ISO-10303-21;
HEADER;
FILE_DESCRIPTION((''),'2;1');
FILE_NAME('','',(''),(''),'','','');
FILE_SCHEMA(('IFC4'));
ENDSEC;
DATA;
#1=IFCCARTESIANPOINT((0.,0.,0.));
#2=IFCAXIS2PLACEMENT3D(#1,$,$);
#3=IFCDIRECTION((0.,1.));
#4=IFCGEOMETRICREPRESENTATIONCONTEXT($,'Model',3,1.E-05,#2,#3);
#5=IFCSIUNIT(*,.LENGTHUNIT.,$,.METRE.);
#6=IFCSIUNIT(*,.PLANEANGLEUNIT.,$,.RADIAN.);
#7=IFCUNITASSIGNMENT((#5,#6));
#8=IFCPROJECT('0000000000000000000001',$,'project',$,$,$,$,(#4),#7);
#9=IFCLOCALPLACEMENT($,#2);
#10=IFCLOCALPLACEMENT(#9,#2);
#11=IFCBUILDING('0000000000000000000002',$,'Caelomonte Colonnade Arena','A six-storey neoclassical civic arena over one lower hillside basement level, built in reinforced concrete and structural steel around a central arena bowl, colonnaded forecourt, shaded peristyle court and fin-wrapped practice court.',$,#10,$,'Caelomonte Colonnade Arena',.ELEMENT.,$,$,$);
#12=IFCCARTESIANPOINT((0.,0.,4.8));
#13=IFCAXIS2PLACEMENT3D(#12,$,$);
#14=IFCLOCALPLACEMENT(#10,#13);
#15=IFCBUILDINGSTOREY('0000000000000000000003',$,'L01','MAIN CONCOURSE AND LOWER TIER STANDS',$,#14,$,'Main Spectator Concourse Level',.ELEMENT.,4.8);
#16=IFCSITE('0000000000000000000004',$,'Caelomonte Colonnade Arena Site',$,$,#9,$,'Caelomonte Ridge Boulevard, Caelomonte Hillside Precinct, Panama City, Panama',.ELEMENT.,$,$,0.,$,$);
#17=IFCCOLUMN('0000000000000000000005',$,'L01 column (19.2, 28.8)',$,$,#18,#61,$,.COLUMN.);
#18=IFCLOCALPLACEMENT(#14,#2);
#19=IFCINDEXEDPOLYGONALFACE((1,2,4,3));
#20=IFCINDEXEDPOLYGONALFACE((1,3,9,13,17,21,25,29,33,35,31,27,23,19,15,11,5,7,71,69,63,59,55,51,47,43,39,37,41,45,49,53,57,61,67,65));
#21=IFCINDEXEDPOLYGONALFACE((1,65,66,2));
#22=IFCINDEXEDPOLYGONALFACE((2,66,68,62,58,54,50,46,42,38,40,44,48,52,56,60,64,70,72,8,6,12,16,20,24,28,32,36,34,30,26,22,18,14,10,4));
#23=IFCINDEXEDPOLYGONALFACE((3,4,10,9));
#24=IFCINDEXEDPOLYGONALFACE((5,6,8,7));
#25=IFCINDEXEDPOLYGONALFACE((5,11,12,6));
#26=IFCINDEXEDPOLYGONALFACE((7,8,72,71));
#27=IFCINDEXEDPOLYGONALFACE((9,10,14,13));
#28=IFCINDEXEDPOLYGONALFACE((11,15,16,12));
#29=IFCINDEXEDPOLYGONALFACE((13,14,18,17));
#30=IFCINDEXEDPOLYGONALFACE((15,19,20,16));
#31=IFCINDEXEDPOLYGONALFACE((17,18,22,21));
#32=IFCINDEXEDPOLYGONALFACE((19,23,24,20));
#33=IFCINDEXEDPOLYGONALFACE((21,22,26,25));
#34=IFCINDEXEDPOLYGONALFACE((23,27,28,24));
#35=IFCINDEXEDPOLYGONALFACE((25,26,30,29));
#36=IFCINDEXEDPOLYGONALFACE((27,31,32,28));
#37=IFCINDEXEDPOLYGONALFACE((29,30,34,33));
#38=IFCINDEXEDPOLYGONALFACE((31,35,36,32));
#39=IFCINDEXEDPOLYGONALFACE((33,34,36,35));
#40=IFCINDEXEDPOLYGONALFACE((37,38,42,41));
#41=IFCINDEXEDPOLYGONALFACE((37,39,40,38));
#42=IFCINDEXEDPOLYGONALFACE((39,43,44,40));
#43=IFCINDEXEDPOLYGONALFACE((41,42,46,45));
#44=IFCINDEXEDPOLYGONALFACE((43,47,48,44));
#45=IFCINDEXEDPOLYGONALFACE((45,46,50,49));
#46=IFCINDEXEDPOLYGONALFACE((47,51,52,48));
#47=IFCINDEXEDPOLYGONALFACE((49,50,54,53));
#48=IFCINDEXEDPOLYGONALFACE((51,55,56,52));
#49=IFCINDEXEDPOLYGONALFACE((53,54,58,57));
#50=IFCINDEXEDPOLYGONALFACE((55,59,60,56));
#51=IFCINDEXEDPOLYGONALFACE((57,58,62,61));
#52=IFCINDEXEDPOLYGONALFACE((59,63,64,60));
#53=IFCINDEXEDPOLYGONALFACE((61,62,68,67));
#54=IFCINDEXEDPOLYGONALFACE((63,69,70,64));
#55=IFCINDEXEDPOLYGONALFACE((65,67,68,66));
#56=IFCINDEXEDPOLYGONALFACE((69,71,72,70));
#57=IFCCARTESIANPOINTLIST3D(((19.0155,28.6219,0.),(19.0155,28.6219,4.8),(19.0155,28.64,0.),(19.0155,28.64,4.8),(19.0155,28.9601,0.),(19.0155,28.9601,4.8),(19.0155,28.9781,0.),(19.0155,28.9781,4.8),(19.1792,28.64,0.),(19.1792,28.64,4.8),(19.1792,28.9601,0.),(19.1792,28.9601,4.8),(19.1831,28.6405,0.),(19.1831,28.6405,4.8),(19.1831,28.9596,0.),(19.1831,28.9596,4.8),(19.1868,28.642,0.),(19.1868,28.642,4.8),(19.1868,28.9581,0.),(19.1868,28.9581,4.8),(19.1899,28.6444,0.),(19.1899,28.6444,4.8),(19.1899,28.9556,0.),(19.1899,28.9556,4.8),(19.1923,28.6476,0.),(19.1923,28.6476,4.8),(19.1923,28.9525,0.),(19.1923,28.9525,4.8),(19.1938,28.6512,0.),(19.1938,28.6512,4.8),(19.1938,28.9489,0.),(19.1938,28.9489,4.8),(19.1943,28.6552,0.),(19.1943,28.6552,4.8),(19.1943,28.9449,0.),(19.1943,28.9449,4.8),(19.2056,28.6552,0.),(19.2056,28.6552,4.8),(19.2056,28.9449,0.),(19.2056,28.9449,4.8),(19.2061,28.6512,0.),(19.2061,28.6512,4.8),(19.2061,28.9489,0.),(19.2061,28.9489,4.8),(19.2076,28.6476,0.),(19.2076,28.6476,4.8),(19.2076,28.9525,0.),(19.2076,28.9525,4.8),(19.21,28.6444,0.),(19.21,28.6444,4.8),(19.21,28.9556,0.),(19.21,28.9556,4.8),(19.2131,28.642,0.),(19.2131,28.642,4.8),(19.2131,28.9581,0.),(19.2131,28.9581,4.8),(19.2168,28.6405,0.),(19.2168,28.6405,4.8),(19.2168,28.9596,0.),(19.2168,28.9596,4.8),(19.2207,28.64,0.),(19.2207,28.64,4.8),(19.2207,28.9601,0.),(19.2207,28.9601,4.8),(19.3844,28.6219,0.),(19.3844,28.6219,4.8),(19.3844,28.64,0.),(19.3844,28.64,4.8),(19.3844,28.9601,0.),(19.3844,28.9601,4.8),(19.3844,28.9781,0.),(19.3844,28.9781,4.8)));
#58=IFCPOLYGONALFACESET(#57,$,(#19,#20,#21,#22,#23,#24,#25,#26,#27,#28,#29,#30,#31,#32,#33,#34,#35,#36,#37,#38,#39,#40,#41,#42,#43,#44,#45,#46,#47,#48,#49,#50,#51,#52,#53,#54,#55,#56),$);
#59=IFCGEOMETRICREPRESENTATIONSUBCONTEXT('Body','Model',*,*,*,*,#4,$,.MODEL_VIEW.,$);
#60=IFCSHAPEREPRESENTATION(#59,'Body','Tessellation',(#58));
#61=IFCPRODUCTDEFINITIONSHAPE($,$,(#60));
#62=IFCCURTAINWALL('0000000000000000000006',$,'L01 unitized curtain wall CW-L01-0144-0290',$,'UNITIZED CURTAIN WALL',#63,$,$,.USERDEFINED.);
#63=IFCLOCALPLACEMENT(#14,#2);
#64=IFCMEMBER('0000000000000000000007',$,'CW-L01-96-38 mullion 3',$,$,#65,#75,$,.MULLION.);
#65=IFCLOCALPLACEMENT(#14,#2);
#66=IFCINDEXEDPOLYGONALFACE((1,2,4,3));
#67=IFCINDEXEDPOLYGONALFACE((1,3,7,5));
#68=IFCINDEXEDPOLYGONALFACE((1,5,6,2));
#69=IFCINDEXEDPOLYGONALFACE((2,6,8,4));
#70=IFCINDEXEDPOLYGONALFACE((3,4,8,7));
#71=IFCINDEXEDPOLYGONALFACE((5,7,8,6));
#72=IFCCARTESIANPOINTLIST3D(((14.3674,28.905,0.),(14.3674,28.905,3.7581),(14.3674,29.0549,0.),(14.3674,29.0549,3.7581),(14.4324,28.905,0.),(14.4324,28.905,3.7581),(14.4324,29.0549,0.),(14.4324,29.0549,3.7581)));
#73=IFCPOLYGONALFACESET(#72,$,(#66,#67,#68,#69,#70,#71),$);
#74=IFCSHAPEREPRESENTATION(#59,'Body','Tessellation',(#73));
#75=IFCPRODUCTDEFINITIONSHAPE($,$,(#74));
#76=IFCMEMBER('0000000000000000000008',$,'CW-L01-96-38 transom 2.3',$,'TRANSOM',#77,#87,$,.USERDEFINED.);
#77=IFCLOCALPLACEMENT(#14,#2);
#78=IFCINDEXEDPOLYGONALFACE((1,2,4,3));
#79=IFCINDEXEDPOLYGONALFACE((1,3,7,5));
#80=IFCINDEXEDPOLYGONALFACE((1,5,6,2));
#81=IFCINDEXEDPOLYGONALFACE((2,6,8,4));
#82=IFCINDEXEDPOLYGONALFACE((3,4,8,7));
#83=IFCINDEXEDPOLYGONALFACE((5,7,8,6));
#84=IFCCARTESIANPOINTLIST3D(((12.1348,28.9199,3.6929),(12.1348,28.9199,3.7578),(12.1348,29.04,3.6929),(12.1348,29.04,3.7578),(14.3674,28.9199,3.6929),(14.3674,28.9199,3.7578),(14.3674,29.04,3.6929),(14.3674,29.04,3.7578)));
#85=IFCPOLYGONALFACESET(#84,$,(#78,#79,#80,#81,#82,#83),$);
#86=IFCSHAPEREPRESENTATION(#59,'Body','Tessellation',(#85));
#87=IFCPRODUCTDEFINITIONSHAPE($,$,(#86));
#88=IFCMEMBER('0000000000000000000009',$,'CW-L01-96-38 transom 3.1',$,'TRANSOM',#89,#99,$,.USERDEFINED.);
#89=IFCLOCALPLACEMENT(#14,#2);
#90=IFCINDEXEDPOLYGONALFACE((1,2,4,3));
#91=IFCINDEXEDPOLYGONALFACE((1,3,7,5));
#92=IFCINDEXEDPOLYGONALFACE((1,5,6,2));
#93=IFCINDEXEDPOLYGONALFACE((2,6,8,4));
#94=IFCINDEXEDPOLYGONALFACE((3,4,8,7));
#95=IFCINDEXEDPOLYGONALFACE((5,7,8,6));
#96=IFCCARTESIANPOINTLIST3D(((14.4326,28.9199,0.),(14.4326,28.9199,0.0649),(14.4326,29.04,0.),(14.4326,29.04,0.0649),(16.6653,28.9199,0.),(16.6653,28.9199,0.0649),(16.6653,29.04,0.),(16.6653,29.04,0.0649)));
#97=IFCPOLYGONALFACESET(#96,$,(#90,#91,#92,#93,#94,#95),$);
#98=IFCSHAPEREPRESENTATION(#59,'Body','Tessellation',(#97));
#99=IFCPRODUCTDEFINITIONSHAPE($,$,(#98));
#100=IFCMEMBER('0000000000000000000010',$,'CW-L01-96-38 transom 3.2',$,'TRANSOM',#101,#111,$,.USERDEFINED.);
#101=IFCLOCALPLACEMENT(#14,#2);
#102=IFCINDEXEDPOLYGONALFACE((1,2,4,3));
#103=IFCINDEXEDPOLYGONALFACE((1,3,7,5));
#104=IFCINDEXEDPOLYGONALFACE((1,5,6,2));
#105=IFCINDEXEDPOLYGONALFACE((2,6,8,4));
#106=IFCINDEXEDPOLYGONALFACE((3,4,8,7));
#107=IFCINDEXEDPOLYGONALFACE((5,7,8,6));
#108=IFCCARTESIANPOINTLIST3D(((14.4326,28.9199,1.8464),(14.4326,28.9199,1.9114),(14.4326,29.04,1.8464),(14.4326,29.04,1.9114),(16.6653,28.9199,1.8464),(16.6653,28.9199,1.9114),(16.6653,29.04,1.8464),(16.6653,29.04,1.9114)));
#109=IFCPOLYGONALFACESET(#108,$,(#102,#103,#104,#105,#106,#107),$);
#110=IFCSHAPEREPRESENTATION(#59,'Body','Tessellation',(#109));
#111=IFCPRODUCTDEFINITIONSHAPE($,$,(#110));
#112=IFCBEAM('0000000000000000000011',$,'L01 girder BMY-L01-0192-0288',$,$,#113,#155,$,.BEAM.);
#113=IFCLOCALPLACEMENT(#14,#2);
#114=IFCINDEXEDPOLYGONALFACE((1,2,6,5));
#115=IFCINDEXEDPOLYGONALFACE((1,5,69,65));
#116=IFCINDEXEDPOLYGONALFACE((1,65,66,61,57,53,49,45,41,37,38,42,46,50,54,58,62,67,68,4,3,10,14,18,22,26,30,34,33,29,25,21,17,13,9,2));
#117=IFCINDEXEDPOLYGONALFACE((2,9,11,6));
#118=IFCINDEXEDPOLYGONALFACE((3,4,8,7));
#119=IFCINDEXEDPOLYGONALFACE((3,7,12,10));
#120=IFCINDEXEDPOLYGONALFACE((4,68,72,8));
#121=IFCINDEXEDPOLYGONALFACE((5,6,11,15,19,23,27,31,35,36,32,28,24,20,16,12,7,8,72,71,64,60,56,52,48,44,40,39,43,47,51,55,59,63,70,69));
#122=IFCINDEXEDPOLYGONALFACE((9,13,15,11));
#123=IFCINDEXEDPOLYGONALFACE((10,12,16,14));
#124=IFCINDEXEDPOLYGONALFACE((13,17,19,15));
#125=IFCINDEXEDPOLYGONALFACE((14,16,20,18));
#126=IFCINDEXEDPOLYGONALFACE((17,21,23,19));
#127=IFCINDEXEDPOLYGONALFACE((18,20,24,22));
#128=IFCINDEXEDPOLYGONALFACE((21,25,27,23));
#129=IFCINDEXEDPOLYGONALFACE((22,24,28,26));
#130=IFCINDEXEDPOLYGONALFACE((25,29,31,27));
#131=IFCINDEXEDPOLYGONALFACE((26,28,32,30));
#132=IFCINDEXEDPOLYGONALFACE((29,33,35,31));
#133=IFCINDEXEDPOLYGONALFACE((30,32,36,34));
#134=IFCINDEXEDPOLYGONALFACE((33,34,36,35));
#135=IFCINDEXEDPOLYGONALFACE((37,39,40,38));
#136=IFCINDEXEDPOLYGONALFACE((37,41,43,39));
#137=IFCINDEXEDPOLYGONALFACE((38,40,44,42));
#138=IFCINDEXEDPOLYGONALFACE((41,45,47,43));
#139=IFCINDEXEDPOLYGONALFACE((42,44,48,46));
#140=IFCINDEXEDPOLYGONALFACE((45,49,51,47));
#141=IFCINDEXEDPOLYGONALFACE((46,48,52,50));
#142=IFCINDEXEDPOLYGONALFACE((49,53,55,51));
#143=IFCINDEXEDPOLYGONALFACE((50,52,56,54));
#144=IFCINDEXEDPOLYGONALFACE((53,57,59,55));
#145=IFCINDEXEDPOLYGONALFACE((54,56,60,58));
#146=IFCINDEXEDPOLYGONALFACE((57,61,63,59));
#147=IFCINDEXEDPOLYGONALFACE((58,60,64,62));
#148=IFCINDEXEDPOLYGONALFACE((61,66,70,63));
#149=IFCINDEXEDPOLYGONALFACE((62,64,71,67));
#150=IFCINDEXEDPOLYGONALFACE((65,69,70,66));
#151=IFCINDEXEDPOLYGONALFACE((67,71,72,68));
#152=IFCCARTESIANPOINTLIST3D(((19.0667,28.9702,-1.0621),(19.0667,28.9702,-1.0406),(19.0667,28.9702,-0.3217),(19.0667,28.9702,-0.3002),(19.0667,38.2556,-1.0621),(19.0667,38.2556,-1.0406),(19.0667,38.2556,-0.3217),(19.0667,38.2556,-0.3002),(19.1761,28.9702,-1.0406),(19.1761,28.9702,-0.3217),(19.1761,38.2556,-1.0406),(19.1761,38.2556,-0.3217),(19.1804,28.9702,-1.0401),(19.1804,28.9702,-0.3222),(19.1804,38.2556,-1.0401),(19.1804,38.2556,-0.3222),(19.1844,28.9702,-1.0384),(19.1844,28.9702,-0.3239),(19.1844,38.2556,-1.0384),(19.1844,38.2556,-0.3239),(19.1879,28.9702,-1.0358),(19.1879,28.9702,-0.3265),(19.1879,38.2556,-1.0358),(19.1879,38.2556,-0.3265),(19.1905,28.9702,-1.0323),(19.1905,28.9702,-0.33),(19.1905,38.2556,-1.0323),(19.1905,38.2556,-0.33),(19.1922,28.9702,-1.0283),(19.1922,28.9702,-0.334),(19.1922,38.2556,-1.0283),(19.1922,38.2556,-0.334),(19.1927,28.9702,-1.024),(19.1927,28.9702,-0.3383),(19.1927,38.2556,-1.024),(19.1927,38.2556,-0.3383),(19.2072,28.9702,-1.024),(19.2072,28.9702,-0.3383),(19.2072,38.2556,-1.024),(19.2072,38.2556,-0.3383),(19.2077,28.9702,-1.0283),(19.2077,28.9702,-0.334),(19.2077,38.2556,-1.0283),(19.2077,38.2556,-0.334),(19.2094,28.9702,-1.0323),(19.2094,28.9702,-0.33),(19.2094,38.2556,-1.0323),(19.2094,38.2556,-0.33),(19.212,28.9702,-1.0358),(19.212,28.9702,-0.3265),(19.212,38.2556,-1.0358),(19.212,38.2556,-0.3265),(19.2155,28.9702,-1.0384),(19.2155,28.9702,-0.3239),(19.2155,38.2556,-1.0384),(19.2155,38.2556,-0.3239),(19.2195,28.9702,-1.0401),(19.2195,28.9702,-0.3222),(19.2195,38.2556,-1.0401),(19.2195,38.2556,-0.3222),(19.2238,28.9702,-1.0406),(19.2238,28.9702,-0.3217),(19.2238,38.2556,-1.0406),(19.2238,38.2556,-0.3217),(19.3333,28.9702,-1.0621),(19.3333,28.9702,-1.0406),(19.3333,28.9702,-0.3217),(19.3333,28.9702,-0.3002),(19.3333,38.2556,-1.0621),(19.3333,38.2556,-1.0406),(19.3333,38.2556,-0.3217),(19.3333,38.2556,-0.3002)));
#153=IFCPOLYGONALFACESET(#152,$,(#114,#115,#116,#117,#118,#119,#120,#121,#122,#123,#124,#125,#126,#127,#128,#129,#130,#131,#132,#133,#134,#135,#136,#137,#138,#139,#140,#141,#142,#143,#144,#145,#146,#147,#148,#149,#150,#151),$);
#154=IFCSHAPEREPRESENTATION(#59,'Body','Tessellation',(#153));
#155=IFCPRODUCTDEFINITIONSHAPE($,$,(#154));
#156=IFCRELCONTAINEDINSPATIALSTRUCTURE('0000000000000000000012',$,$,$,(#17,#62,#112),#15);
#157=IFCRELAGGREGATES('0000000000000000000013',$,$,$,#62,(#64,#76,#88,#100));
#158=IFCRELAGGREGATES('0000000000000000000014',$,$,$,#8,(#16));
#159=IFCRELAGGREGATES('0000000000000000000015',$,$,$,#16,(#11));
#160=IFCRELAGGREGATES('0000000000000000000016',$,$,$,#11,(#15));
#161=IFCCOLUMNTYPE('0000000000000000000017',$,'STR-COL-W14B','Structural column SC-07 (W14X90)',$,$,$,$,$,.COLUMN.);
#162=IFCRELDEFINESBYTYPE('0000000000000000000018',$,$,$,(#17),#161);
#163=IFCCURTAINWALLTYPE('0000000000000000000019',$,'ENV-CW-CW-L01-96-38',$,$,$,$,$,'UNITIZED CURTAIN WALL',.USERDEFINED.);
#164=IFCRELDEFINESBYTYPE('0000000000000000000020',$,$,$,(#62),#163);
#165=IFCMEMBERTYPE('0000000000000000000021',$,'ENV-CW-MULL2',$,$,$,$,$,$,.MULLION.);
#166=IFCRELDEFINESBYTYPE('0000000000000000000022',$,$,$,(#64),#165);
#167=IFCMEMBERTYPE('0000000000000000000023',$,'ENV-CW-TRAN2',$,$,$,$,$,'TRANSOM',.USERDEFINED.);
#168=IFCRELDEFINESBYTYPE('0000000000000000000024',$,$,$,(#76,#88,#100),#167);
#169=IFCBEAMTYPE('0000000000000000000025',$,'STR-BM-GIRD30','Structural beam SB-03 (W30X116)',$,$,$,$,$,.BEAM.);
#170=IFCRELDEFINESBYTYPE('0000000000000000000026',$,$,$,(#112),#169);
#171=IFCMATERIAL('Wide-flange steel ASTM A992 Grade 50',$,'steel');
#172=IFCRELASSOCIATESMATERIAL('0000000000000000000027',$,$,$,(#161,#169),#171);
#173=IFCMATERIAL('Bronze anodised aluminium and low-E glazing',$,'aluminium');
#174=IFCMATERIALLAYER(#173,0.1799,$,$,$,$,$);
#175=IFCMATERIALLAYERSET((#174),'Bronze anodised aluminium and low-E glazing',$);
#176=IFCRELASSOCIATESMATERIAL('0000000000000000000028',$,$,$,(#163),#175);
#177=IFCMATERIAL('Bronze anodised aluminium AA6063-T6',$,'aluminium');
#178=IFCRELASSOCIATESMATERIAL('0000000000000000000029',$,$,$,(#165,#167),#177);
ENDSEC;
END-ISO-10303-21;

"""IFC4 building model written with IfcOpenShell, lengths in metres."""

from ifc_helpers import new_model, si_unit, direction, frame, origin, origin_2d, place, context, subcontext, project, spatial, rectangle, i_section, extrude, material, layer, layer_set, material_profile, profile_set, type_object, element, aggregate, save


model = new_model("IFC4")

# Units and contexts
model_context = context("Model", 3, precision=1e-05, world=origin(), true_north=direction((0.0, 1.0)))
body_context = subcontext(model_context, "Body", "Model", "MODEL_VIEW")
ifc_project = project(units=[si_unit("LENGTHUNIT", "METRE"), si_unit("PLANEANGLEUNIT", "RADIAN")], contexts=[model_context])

# Site, building, storey
site_placement = place(None, origin())
site = spatial("IfcSite", under=ifc_project, at=site_placement, Name="Caelomonte Colonnade Arena Site", LongName="Caelomonte Ridge Boulevard, Caelomonte Hillside Precinct, Panama City, Panama", CompositionType="ELEMENT", RefElevation=0.0)
building_placement = place(site_placement, origin())
building = spatial("IfcBuilding", under=site, at=building_placement, Name="Caelomonte Colonnade Arena", Description="A six-storey neoclassical civic arena over one lower hillside basement level, built in reinforced concrete and structural steel around a central arena bowl, colonnaded forecourt, shaded peristyle court and fin-wrapped practice court.", LongName="Caelomonte Colonnade Arena", CompositionType="ELEMENT")
storey_placement = place(building_placement, frame((0.0, 0.0, 4.8)))
storey = spatial("IfcBuildingStorey", under=building, at=storey_placement, Name="L01", Description="MAIN CONCOURSE AND LOWER TIER STANDS", LongName="Main Spectator Concourse Level", CompositionType="ELEMENT", Elevation=4.8)

# Column
ifc_material_1 = material(Name="Wide-flange steel ASTM A992 Grade 50", Category="steel")
ifc_material_profile_1 = material_profile(ifc_material_1, i_section(OverallWidth=0.3689, OverallDepth=0.3562, WebThickness=0.0112, FlangeThickness=0.0181, FilletRadius=0.0151, at=origin_2d()), Name="W14X90")
ifc_profile_set_1 = profile_set([ifc_material_profile_1], Name="Wide-flange steel ASTM A992 Grade 50")
column_type = type_object("IfcColumnType", Name="STR-COL-W14B", Description="Structural column SC-07 (W14X90)", PredefinedType="COLUMN", material=ifc_profile_set_1)
column_placement = place(storey_placement, frame((19.2, 28.8, 0.0), z_axis=(0.0, 0.0, 1.0), x_axis=(1.0, 0.0, 0.0)))
element("IfcColumn", 1, at=column_placement, inside=storey, type_object=column_type, Name="L01 column (19.2, 28.8)", PredefinedType="COLUMN", context=body_context, shape_type="SweptSolid", body=[
    extrude(i_section(OverallWidth=0.3689, OverallDepth=0.3562, WebThickness=0.0112, FlangeThickness=0.0181, FilletRadius=0.0151, at=origin_2d()), origin(), (0.0, 0.0, 1.0), 4.8),
])

# Curtain wall, members
ifc_material_2 = material(Name="Bronze anodised aluminium and low-E glazing", Category="aluminium")
ifc_layer_1 = layer(ifc_material_2, 0.1799)
ifc_layer_set_1 = layer_set([ifc_layer_1], Name="Bronze anodised aluminium and low-E glazing")
curtain_wall_type = type_object("IfcCurtainWallType", Name="ENV-CW-CW-L01-96-38", ElementType="UNITIZED CURTAIN WALL", PredefinedType="USERDEFINED", material=ifc_layer_set_1)
curtain_wall_placement = place(storey_placement, origin())
curtain_wall = element("IfcCurtainWall", 2, at=curtain_wall_placement, inside=storey, type_object=curtain_wall_type, Name="L01 unitized curtain wall CW-L01-0144-0290", ObjectType="UNITIZED CURTAIN WALL", PredefinedType="USERDEFINED")
ifc_material_3 = material(Name="Bronze anodised aluminium AA6063-T6", Category="aluminium")
ifc_material_profile_2 = material_profile(ifc_material_3, rectangle(XDim=0.0649, YDim=0.1499, at=origin_2d()), Name="CWM-65X150")
ifc_profile_set_2 = profile_set([ifc_material_profile_2], Name="Bronze anodised aluminium AA6063-T6")
member_type_1 = type_object("IfcMemberType", Name="ENV-CW-MULL2", PredefinedType="MULLION", material=ifc_profile_set_2)
member_1_placement = place(storey_placement, frame((14.3999, 28.98, 0.0), z_axis=(0.0, 0.0, 1.0), x_axis=(1.0, 0.0, 0.0)))
member_1 = element("IfcMember", 3, at=member_1_placement, type_object=member_type_1, Name="CW-L01-96-38 mullion 3", PredefinedType="MULLION", context=body_context, shape_type="SweptSolid", body=[
    extrude(rectangle(XDim=0.0649, YDim=0.1499, at=origin_2d()), origin(), (0.0, 0.0, 1.0), 3.7581),
])
ifc_material_profile_3 = material_profile(ifc_material_3, rectangle(XDim=0.0649, YDim=0.1201, at=origin_2d()), Name="CWT-65X120")
ifc_profile_set_3 = profile_set([ifc_material_profile_3], Name="Bronze anodised aluminium AA6063-T6")
member_type_2 = type_object("IfcMemberType", Name="ENV-CW-TRAN2", ElementType="TRANSOM", PredefinedType="USERDEFINED", material=ifc_profile_set_3)
member_2_placement = place(storey_placement, frame((12.1348, 28.98, 3.7253), z_axis=(1.0, 0.0, 0.0), x_axis=(0.0, 0.0, 1.0)))
member_2 = element("IfcMember", 4, at=member_2_placement, type_object=member_type_2, Name="CW-L01-96-38 transom 2.3", ObjectType="TRANSOM", PredefinedType="USERDEFINED", context=body_context, shape_type="SweptSolid", body=[
    extrude(rectangle(XDim=0.0649, YDim=0.1201, at=origin_2d()), origin(), (0.0, 0.0, 1.0), 2.2327),
])
member_3_placement = place(storey_placement, frame((14.4326, 28.98, 0.0325), z_axis=(1.0, 0.0, 0.0), x_axis=(0.0, 0.0, 1.0)))
member_3 = element("IfcMember", 5, at=member_3_placement, type_object=member_type_2, Name="CW-L01-96-38 transom 3.1", ObjectType="TRANSOM", PredefinedType="USERDEFINED", context=body_context, shape_type="SweptSolid", body=[
    extrude(rectangle(XDim=0.0649, YDim=0.1201, at=origin_2d()), origin(), (0.0, 0.0, 1.0), 2.2327),
])
member_4_placement = place(storey_placement, frame((14.4326, 28.98, 1.8789), z_axis=(1.0, 0.0, 0.0), x_axis=(0.0, 0.0, 1.0)))
member_4 = element("IfcMember", 6, at=member_4_placement, type_object=member_type_2, Name="CW-L01-96-38 transom 3.2", ObjectType="TRANSOM", PredefinedType="USERDEFINED", context=body_context, shape_type="SweptSolid", body=[
    extrude(rectangle(XDim=0.0649, YDim=0.1201, at=origin_2d()), origin(), (0.0, 0.0, 1.0), 2.2327),
])

# Beam
ifc_material_profile_4 = material_profile(ifc_material_1, i_section(OverallWidth=0.2666, OverallDepth=0.762, WebThickness=0.0144, FlangeThickness=0.0215, FilletRadius=0.0166, at=origin_2d()), Name="W30X116")
ifc_profile_set_4 = profile_set([ifc_material_profile_4], Name="Wide-flange steel ASTM A992 Grade 50")
beam_type_1 = type_object("IfcBeamType", Name="STR-BM-GIRD30", Description="Structural beam SB-03 (W30X116)", PredefinedType="BEAM", material=ifc_profile_set_4)
beam_1_placement = place(storey_placement, frame((19.2, 28.9702, -0.6812), z_axis=(0.0, 1.0, 0.0), x_axis=(-1.0, 0.0, 0.0)))
element("IfcBeam", 7, at=beam_1_placement, inside=storey, type_object=beam_type_1, Name="L01 girder BMY-L01-0192-0288", PredefinedType="BEAM", context=body_context, shape_type="SweptSolid", body=[
    extrude(i_section(OverallWidth=0.2666, OverallDepth=0.762, WebThickness=0.0144, FlangeThickness=0.0215, FilletRadius=0.0166, at=origin_2d()), origin(), (0.0, 0.0, 1.0), 9.2854),
])

aggregate(curtain_wall, [member_1, member_2, member_3, member_4])

save(model, "model.ifc")
